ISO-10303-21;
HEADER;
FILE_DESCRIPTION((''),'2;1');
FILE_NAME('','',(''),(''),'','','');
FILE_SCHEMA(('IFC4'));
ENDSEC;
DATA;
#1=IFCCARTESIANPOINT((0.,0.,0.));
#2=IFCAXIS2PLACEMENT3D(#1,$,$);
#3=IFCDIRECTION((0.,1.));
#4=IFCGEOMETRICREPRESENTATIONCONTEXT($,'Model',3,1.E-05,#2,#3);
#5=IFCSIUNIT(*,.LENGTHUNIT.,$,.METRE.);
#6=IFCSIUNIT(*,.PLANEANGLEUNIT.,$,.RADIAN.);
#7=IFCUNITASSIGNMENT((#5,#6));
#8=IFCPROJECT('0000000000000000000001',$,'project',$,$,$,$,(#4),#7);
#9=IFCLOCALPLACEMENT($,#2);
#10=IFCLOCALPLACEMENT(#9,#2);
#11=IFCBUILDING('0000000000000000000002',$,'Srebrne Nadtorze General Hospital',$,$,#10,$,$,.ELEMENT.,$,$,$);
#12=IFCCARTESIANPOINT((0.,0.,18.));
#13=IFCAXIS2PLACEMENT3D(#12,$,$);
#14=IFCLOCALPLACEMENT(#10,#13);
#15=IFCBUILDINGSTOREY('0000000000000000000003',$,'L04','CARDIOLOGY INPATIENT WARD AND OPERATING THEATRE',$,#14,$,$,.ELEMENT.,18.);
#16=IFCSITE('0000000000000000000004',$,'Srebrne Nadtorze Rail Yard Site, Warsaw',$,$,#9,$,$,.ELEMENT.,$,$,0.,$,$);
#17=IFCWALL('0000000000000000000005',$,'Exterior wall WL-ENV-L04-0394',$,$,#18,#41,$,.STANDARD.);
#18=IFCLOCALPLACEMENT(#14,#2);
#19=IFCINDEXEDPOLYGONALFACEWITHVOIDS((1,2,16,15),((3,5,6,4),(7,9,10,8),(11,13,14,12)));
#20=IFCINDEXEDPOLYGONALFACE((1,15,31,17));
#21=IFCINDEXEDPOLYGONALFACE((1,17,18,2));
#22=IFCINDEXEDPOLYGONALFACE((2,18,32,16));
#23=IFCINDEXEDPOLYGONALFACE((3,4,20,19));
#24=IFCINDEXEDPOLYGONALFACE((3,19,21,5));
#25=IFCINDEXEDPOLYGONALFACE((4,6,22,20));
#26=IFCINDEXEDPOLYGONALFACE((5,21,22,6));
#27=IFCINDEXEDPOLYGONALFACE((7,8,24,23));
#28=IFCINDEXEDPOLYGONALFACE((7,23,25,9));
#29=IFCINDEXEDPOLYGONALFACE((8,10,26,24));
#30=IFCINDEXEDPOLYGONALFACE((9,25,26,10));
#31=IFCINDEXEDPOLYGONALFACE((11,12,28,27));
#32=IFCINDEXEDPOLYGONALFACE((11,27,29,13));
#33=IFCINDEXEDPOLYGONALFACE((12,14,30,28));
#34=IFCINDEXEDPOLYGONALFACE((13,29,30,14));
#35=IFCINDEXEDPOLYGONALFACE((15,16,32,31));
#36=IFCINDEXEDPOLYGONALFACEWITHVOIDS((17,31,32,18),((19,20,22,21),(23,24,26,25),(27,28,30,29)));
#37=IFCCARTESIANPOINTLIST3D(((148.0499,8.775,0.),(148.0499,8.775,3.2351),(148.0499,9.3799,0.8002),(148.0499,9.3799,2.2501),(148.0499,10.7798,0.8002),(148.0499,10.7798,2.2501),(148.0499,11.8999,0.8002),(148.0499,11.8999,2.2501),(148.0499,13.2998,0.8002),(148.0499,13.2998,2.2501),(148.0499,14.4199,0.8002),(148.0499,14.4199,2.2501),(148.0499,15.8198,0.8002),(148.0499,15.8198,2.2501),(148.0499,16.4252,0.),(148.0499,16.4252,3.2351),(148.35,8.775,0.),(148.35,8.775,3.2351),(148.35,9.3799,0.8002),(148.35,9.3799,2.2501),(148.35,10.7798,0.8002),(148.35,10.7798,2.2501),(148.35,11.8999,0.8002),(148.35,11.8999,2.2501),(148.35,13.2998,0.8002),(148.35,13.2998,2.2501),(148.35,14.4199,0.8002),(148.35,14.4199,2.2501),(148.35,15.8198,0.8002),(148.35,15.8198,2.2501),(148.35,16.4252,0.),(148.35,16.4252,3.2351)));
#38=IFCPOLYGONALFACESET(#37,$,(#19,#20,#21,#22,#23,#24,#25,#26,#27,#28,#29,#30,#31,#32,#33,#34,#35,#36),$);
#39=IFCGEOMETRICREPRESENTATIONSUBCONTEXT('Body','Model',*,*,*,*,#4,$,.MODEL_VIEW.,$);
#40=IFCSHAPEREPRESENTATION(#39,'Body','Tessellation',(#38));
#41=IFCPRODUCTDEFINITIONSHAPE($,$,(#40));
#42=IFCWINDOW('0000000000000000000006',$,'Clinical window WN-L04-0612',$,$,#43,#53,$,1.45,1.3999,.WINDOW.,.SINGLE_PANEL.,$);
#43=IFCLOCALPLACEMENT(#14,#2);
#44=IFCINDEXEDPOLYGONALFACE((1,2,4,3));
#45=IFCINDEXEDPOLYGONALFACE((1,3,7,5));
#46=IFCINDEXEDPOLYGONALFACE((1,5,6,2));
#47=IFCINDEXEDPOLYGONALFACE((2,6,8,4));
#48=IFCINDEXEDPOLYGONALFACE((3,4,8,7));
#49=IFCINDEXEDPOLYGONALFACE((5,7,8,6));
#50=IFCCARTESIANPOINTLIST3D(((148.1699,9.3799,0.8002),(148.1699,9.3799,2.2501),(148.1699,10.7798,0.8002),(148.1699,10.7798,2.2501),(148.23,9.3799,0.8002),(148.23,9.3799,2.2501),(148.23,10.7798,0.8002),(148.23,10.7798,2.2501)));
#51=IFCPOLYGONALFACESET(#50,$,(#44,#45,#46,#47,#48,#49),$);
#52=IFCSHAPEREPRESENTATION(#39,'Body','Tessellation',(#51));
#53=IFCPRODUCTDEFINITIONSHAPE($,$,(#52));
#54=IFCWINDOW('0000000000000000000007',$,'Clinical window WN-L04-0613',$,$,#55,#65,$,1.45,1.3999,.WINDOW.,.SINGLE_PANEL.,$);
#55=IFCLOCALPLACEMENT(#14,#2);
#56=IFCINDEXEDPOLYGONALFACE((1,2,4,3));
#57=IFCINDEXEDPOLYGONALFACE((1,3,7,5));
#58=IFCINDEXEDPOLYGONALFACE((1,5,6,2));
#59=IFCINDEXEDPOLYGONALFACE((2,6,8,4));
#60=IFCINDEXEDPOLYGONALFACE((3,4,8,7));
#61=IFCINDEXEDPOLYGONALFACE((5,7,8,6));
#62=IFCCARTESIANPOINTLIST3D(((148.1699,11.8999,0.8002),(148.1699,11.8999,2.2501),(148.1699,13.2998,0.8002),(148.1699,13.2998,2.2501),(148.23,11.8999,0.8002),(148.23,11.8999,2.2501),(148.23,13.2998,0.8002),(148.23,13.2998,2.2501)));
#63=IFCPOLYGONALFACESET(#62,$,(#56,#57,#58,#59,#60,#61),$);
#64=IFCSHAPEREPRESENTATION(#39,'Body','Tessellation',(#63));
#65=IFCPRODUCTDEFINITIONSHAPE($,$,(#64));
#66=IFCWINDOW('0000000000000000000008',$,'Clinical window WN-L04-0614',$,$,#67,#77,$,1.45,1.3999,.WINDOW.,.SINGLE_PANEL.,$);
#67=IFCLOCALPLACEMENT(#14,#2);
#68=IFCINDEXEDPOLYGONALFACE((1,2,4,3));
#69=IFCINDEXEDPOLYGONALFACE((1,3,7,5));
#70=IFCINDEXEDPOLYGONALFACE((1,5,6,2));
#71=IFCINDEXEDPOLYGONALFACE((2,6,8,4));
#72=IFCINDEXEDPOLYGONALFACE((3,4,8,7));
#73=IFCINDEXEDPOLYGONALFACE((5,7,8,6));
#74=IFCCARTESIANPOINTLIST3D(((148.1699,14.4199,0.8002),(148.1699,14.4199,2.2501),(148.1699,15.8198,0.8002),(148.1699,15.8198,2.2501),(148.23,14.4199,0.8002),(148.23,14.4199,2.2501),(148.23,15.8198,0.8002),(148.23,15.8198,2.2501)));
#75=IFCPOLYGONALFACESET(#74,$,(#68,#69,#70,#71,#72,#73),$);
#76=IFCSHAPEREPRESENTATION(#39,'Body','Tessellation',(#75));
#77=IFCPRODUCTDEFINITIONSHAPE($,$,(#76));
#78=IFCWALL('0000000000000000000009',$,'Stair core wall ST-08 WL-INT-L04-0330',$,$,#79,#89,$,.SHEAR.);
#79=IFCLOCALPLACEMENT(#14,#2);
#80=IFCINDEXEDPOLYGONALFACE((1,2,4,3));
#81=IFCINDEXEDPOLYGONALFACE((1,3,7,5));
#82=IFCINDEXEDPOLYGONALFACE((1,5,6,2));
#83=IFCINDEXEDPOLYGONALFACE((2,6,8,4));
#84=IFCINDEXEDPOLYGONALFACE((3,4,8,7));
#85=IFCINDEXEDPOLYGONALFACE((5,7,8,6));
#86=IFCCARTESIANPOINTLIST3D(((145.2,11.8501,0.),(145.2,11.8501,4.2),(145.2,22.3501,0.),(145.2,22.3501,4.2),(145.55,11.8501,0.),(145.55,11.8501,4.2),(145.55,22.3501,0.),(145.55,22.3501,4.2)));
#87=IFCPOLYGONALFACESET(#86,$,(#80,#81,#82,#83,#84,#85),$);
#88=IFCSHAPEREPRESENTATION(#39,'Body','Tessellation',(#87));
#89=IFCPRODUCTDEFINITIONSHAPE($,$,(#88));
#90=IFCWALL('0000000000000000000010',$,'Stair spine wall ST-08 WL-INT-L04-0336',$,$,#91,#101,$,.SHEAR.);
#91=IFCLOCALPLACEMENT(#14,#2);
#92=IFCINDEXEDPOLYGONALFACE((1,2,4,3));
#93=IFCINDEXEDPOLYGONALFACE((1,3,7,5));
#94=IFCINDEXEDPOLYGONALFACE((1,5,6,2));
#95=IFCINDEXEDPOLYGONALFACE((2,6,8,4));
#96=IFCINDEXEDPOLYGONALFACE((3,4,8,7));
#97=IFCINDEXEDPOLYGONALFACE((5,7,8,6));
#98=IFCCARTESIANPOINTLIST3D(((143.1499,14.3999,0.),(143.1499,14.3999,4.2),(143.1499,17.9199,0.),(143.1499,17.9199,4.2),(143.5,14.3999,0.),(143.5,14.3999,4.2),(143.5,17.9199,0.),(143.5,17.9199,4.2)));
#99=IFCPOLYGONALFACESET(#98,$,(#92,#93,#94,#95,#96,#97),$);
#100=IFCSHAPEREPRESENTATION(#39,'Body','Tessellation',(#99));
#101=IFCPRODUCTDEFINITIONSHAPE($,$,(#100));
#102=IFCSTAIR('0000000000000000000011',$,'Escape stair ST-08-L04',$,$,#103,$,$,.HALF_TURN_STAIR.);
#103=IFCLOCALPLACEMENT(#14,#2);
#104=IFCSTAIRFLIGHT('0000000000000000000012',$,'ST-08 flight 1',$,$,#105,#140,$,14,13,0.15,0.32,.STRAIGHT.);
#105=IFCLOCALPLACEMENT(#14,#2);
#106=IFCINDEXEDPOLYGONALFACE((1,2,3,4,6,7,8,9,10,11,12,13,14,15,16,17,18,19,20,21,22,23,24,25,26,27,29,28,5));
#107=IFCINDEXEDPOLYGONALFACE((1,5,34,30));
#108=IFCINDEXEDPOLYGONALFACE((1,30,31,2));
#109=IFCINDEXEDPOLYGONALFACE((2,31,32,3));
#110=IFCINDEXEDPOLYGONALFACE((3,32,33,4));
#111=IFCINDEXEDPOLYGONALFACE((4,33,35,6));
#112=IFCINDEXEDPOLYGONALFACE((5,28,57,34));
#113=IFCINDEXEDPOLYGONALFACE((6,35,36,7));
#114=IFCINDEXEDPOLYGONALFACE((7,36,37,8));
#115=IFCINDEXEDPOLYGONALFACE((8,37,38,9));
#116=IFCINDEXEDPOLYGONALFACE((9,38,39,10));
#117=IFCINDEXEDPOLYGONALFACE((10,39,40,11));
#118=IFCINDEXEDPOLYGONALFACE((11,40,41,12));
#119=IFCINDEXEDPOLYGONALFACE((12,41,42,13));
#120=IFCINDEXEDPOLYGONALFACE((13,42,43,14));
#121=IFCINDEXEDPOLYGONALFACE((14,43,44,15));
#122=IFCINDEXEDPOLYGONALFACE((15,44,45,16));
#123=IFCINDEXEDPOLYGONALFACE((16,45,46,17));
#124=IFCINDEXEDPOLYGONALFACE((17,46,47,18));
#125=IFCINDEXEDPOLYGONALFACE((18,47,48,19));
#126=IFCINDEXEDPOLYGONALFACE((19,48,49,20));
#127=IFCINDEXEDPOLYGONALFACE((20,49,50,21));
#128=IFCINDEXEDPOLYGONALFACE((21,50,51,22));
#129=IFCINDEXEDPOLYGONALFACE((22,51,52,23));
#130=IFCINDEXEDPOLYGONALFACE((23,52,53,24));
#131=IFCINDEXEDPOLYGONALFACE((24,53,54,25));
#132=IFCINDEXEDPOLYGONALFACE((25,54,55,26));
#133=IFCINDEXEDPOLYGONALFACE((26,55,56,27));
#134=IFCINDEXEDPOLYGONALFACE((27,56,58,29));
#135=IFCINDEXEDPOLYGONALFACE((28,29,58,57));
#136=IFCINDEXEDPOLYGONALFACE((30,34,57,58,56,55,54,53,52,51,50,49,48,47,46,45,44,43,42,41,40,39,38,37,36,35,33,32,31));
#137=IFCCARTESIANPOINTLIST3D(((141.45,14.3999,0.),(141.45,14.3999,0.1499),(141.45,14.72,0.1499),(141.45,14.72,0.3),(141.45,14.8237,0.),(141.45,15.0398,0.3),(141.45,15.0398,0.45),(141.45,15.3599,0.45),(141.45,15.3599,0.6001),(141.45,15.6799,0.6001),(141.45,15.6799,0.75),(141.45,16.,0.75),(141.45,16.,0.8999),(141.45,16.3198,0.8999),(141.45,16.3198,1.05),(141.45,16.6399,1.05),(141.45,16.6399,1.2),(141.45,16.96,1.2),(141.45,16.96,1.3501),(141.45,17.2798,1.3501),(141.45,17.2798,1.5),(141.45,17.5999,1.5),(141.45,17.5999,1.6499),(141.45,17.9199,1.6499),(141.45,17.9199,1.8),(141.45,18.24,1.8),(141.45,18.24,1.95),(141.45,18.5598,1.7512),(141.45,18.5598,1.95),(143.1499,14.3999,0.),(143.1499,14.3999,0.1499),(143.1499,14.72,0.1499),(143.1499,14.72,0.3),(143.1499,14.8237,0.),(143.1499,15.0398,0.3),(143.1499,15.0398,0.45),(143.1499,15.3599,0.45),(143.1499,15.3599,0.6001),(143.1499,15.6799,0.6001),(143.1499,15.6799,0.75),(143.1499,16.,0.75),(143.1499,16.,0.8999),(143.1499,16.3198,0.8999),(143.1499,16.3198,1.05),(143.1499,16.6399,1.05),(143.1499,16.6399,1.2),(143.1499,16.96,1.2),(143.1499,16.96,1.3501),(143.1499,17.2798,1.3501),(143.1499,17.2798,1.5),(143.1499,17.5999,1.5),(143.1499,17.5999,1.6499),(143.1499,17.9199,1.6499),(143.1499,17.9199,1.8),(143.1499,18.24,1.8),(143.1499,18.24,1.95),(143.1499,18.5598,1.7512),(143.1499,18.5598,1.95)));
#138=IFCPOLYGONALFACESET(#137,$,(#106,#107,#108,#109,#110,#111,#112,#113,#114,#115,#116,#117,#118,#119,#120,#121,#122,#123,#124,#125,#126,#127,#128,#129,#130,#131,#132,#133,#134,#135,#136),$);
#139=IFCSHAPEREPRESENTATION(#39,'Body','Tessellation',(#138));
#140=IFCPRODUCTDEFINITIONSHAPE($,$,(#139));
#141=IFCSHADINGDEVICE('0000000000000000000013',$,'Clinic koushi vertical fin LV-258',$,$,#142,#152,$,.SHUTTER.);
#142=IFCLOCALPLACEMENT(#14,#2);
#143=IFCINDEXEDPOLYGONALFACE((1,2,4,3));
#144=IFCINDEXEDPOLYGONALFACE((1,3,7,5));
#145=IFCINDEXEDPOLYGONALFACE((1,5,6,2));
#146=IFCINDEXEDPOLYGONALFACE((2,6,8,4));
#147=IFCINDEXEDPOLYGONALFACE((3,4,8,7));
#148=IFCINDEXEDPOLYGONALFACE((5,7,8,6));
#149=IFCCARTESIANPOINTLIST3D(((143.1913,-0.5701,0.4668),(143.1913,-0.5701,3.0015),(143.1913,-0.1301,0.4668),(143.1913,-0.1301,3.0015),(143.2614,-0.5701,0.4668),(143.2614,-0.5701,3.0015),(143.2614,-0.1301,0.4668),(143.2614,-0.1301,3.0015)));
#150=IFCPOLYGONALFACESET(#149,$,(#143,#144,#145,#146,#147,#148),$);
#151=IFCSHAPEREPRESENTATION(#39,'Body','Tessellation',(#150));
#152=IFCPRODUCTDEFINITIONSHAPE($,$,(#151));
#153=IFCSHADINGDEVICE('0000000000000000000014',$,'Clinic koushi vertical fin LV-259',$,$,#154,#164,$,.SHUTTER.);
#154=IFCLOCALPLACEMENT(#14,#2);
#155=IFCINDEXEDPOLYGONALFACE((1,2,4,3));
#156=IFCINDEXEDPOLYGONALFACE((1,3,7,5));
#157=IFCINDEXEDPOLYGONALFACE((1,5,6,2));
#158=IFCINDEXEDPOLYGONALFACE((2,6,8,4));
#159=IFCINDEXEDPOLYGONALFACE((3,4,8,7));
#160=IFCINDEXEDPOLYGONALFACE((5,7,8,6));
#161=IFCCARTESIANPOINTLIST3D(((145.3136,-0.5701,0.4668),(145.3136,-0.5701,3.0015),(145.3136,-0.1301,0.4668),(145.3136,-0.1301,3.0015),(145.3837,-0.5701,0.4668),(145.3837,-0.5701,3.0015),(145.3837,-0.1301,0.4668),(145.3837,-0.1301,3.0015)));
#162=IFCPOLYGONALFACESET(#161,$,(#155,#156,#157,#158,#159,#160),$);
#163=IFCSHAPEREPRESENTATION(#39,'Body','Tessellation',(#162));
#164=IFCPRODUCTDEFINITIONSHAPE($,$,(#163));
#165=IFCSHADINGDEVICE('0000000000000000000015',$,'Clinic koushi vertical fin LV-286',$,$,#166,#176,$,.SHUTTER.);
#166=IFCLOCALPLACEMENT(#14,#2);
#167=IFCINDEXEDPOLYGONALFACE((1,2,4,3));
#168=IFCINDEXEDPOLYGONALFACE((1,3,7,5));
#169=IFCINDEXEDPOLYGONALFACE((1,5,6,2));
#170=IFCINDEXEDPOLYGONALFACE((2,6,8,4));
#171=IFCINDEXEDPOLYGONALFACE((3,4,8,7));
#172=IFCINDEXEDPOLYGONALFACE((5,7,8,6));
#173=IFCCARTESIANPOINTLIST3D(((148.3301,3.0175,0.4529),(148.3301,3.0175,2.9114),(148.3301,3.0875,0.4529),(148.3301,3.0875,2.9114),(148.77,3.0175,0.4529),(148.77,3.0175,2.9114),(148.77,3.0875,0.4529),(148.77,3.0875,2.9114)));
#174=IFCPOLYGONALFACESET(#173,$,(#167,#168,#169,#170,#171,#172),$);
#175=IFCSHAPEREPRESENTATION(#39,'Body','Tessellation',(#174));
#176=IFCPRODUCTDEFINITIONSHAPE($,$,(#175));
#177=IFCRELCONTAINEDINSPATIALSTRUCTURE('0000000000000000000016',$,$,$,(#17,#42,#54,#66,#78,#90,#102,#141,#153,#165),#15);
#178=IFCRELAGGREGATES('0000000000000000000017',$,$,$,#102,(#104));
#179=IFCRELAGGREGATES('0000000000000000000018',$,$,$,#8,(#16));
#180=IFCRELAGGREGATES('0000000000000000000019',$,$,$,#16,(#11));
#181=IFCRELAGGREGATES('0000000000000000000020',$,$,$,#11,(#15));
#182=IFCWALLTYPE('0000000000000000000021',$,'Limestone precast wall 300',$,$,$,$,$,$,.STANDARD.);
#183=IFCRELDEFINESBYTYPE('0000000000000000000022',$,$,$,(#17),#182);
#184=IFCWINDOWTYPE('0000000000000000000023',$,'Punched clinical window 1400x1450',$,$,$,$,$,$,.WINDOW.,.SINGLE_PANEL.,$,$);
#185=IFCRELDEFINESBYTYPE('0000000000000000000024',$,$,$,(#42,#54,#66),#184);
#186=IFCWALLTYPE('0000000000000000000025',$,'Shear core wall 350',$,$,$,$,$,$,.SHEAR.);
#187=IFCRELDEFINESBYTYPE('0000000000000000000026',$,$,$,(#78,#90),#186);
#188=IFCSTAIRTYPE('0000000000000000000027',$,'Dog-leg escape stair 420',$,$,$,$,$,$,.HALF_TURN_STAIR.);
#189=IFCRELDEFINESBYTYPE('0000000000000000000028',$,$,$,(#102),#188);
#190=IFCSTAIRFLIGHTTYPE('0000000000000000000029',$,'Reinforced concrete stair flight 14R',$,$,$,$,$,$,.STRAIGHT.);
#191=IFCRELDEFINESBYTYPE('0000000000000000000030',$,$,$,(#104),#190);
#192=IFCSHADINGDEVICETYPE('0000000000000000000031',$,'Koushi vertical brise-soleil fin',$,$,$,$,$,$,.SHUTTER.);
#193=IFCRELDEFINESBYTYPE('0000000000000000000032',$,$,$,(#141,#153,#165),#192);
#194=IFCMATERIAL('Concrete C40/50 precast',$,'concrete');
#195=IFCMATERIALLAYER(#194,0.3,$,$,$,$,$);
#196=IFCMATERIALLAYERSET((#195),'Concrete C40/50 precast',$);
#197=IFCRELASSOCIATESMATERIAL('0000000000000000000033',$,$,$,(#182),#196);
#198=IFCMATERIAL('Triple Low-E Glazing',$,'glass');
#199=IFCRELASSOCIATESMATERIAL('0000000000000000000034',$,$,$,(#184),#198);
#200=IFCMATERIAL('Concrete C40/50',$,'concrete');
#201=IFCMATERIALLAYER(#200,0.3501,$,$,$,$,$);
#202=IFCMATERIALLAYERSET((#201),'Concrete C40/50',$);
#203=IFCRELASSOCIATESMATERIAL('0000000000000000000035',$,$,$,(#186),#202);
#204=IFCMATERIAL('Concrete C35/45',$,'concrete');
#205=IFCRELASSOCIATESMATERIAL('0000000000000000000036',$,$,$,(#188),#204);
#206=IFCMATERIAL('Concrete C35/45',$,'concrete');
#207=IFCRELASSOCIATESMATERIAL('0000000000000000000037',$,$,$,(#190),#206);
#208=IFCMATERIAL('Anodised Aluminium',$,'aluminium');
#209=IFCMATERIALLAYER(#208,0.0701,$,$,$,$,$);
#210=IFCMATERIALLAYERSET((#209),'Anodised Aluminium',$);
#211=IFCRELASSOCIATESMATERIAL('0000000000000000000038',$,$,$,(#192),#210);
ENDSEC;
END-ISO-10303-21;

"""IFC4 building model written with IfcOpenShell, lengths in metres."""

from ifc_helpers import new_model, si_unit, direction, frame, frame_2d, origin, origin_2d, place, context, subcontext, project, spatial, polyline, rectangle, outline, extrude, material, layer, layer_set, type_object, element, fill, aggregate, save


model = new_model("IFC4")

# Units and contexts
model_context = context("Model", 3, precision=1e-05, world=origin(), true_north=direction((0.0, 1.0)))
body_context = subcontext(model_context, "Body", "Model", "MODEL_VIEW")
ifc_project = project(units=[si_unit("LENGTHUNIT", "METRE"), si_unit("PLANEANGLEUNIT", "RADIAN")], contexts=[model_context])

# Site, building, storey
site_placement = place(None, origin())
site = spatial("IfcSite", under=ifc_project, at=site_placement, Name="Srebrne Nadtorze Rail Yard Site, Warsaw", CompositionType="ELEMENT", RefElevation=0.0)
building_placement = place(site_placement, origin())
building = spatial("IfcBuilding", under=site, at=building_placement, Name="Srebrne Nadtorze General Hospital", CompositionType="ELEMENT")
storey_placement = place(building_placement, frame((0.0, 0.0, 18.0)))
storey = spatial("IfcBuildingStorey", under=building, at=storey_placement, Name="L04", Description="CARDIOLOGY INPATIENT WARD AND OPERATING THEATRE", CompositionType="ELEMENT", Elevation=18.0)

# Wall, openings, windows
ifc_material_1 = material(Name="Concrete C40/50 precast", Category="concrete")
ifc_layer_1 = layer(ifc_material_1, 0.3)
ifc_layer_set_1 = layer_set([ifc_layer_1], Name="Concrete C40/50 precast")
wall_type_1 = type_object("IfcWallType", Name="Limestone precast wall 300", PredefinedType="STANDARD", material=ifc_layer_set_1)
wall_1_placement = place(storey_placement, frame((148.2, 8.7749, 0.0), z_axis=(0.0, 0.0, 1.0), x_axis=(0.0, 1.0, 0.0)))
wall_1 = element("IfcWall", 1, at=wall_1_placement, inside=storey, type_object=wall_type_1, Name="Exterior wall WL-ENV-L04-0394", PredefinedType="STANDARD", context=body_context, shape_type="SweptSolid", body=[
    extrude(rectangle(XDim=7.6501, YDim=0.3, at=frame_2d((3.8252, 0.0))), origin(), (0.0, 0.0, 1.0), 3.2351),
])
opening_1_placement = place(wall_1_placement, frame((0.605, 0.0, 0.8)))
opening_1 = element("IfcOpeningElement", 2, at=opening_1_placement, cuts=wall_1, PredefinedType="OPENING", context=body_context, shape_type="SweptSolid", body=[
    extrude(rectangle(XDim=1.3999, YDim=1.45, at=frame_2d((0.7, 0.7251))), frame((0.0, 0.1621, 0.0), z_axis=(0.0, -1.0, 0.0), x_axis=(1.0, 0.0, 0.0)), (0.0, 0.0, 1.0), 0.324),
])
opening_2_placement = place(wall_1_placement, frame((3.125, 0.0, 0.8)))
opening_2 = element("IfcOpeningElement", 3, at=opening_2_placement, cuts=wall_1, PredefinedType="OPENING", context=body_context, shape_type="SweptSolid", body=[
    extrude(rectangle(XDim=1.3999, YDim=1.45, at=frame_2d((0.7, 0.7251))), frame((0.0, 0.1621, 0.0), z_axis=(0.0, -1.0, 0.0), x_axis=(1.0, 0.0, 0.0)), (0.0, 0.0, 1.0), 0.324),
])
opening_3_placement = place(wall_1_placement, frame((5.645, 0.0, 0.8)))
opening_3 = element("IfcOpeningElement", 4, at=opening_3_placement, cuts=wall_1, PredefinedType="OPENING", context=body_context, shape_type="SweptSolid", body=[
    extrude(rectangle(XDim=1.3999, YDim=1.45, at=frame_2d((0.7, 0.7251))), frame((0.0, 0.1621, 0.0), z_axis=(0.0, -1.0, 0.0), x_axis=(1.0, 0.0, 0.0)), (0.0, 0.0, 1.0), 0.324),
])
ifc_material_2 = material(Name="Triple Low-E Glazing", Category="glass")
window_type_1 = type_object("IfcWindowType", Name="Punched clinical window 1400x1450", PartitioningType="SINGLE_PANEL", PredefinedType="WINDOW", material=ifc_material_2)
window_1_placement = place(opening_1_placement, origin())
window_1 = element("IfcWindow", 5, at=window_1_placement, inside=storey, type_object=window_type_1, Name="Clinical window WN-L04-0612", OverallHeight=1.45, OverallWidth=1.3999, PartitioningType="SINGLE_PANEL", PredefinedType="WINDOW", context=body_context, shape_type="SweptSolid", body=[
    extrude(rectangle(XDim=1.3999, YDim=1.45, at=frame_2d((0.7, 0.7251))), frame((0.0, 0.03, 0.0), z_axis=(0.0, -1.0, 0.0), x_axis=(1.0, 0.0, 0.0)), (0.0, 0.0, 1.0), 0.0601),
])
fill(opening_1, window_1)
window_2_placement = place(opening_2_placement, origin())
window_2 = element("IfcWindow", 6, at=window_2_placement, inside=storey, type_object=window_type_1, Name="Clinical window WN-L04-0613", OverallHeight=1.45, OverallWidth=1.3999, PartitioningType="SINGLE_PANEL", PredefinedType="WINDOW", context=body_context, shape_type="SweptSolid", body=[
    extrude(rectangle(XDim=1.3999, YDim=1.45, at=frame_2d((0.7, 0.7251))), frame((0.0, 0.03, 0.0), z_axis=(0.0, -1.0, 0.0), x_axis=(1.0, 0.0, 0.0)), (0.0, 0.0, 1.0), 0.0601),
])
fill(opening_2, window_2)
window_3_placement = place(opening_3_placement, origin())
window_3 = element("IfcWindow", 7, at=window_3_placement, inside=storey, type_object=window_type_1, Name="Clinical window WN-L04-0614", OverallHeight=1.45, OverallWidth=1.3999, PartitioningType="SINGLE_PANEL", PredefinedType="WINDOW", context=body_context, shape_type="SweptSolid", body=[
    extrude(rectangle(XDim=1.3999, YDim=1.45, at=frame_2d((0.7, 0.7251))), frame((0.0, 0.03, 0.0), z_axis=(0.0, -1.0, 0.0), x_axis=(1.0, 0.0, 0.0)), (0.0, 0.0, 1.0), 0.0601),
])
fill(opening_3, window_3)

# Walls
ifc_material_3 = material(Name="Concrete C40/50", Category="concrete")
ifc_layer_2 = layer(ifc_material_3, 0.3501)
ifc_layer_set_2 = layer_set([ifc_layer_2], Name="Concrete C40/50")
wall_type_2 = type_object("IfcWallType", Name="Shear core wall 350", PredefinedType="SHEAR", material=ifc_layer_set_2)
wall_2_placement = place(storey_placement, frame((145.375, 11.8501, 0.0), z_axis=(0.0, 0.0, 1.0), x_axis=(0.0, 1.0, 0.0)))
element("IfcWall", 8, at=wall_2_placement, inside=storey, type_object=wall_type_2, Name="Stair core wall ST-08 WL-INT-L04-0330", PredefinedType="SHEAR", context=body_context, shape_type="SweptSolid", body=[
    extrude(rectangle(XDim=10.5, YDim=0.3501, at=frame_2d((5.25, 0.0))), origin(), (0.0, 0.0, 1.0), 4.2),
])
wall_3_placement = place(storey_placement, frame((143.325, 14.3999, 0.0), z_axis=(0.0, 0.0, 1.0), x_axis=(0.0, 1.0, 0.0)))
element("IfcWall", 9, at=wall_3_placement, inside=storey, type_object=wall_type_2, Name="Stair spine wall ST-08 WL-INT-L04-0336", PredefinedType="SHEAR", context=body_context, shape_type="SweptSolid", body=[
    extrude(rectangle(XDim=3.52, YDim=0.3501, at=frame_2d((1.76, 0.0))), origin(), (0.0, 0.0, 1.0), 4.2),
])

# Stair, stair flight
ifc_material_4 = material(Name="Concrete C35/45", Category="concrete")
stair_type = type_object("IfcStairType", Name="Dog-leg escape stair 420", PredefinedType="HALF_TURN_STAIR", material=ifc_material_4)
stair_placement = place(storey_placement, origin())
stair = element("IfcStair", 10, at=stair_placement, inside=storey, type_object=stair_type, Name="Escape stair ST-08-L04", PredefinedType="HALF_TURN_STAIR")
ifc_material_5 = material(Name="Concrete C35/45", Category="concrete")
stair_flight_type = type_object("IfcStairFlightType", Name="Reinforced concrete stair flight 14R", PredefinedType="STRAIGHT", material=ifc_material_5)
stair_flight_placement = place(storey_placement, frame((142.3, 14.3999, 0.0), z_axis=(0.0, 0.0, 1.0), x_axis=(0.0, 1.0, 0.0)))
stair_flight = element("IfcStairFlight", 11, at=stair_flight_placement, type_object=stair_flight_type, Name="ST-08 flight 1", NumberOfRisers=14, NumberOfTreads=13, PredefinedType="STRAIGHT", RiserHeight=0.15, TreadLength=0.32, context=body_context, shape_type="SweptSolid", body=[
    extrude(outline(polyline([(0.0, 0.0), (0.0, 0.1499), (0.3201, 0.1499), (0.3201, 0.3), (0.6399, 0.3), (0.6399, 0.45), (0.96, 0.45), (0.96, 0.6001), (1.28, 0.6001), (1.28, 0.75), (1.6001, 0.75), (1.6001, 0.8999), (1.9199, 0.8999), (1.9199, 1.05), (2.24, 1.05), (2.24, 1.2), (2.5601, 1.2), (2.5601, 1.3501), (2.8799, 1.3501), (2.8799, 1.5), (3.2, 1.5), (3.2, 1.6499), (3.52, 1.6499), (3.52, 1.8), (3.8401, 1.8), (3.8401, 1.95), (4.1599, 1.95), (4.1599, 2.1001), (4.1599, 1.7512), (0.4238, 0.0), (0.0, 0.0)])), frame((0.0, 0.8501, 0.0), z_axis=(0.0, -1.0, 0.0), x_axis=(1.0, 0.0, 0.0)), (0.0, 0.0, 1.0), 1.7),
])
aggregate(stair, [stair_flight])

# Shading devices
ifc_material_6 = material(Name="Anodised Aluminium", Category="aluminium")
ifc_layer_3 = layer(ifc_material_6, 0.0701)
ifc_layer_set_3 = layer_set([ifc_layer_3], Name="Anodised Aluminium")
shading_device_type = type_object("IfcShadingDeviceType", Name="Koushi vertical brise-soleil fin", PredefinedType="SHUTTER", material=ifc_layer_set_3)
for number, where, z_axis, x_axis, name in (
    (12, (143.2263, -0.3501, 0.4668), (0.0, 0.0, 1.0), (1.0, 0.0, 0.0), "Clinic koushi vertical fin LV-258"),
    (13, (145.3486, -0.3501, 0.4668), (0.0, 0.0, 1.0), (1.0, 0.0, 0.0), "Clinic koushi vertical fin LV-259"),
):
    element("IfcShadingDevice", number, at=place(storey_placement, frame(where, z_axis=z_axis, x_axis=x_axis)), inside=storey, type_object=shading_device_type, Name=name, PredefinedType="SHUTTER", context=body_context, shape_type="SweptSolid", body=[
        extrude(rectangle(XDim=0.0701, YDim=0.4399, at=origin_2d()), origin(), (0.0, 0.0, 1.0), 2.5347),
    ])
for number, where, z_axis, x_axis, name in (
    (14, (148.55, 3.0525, 0.4529), (0.0, 0.0, 1.0), (1.0, 0.0, 0.0), "Clinic koushi vertical fin LV-286"),
):
    element("IfcShadingDevice", number, at=place(storey_placement, frame(where, z_axis=z_axis, x_axis=x_axis)), inside=storey, type_object=shading_device_type, Name=name, PredefinedType="SHUTTER", context=body_context, shape_type="SweptSolid", body=[
        extrude(rectangle(XDim=0.4399, YDim=0.0701, at=origin_2d()), origin(), (0.0, 0.0, 1.0), 2.4585),
    ])

save(model, "model.ifc")
